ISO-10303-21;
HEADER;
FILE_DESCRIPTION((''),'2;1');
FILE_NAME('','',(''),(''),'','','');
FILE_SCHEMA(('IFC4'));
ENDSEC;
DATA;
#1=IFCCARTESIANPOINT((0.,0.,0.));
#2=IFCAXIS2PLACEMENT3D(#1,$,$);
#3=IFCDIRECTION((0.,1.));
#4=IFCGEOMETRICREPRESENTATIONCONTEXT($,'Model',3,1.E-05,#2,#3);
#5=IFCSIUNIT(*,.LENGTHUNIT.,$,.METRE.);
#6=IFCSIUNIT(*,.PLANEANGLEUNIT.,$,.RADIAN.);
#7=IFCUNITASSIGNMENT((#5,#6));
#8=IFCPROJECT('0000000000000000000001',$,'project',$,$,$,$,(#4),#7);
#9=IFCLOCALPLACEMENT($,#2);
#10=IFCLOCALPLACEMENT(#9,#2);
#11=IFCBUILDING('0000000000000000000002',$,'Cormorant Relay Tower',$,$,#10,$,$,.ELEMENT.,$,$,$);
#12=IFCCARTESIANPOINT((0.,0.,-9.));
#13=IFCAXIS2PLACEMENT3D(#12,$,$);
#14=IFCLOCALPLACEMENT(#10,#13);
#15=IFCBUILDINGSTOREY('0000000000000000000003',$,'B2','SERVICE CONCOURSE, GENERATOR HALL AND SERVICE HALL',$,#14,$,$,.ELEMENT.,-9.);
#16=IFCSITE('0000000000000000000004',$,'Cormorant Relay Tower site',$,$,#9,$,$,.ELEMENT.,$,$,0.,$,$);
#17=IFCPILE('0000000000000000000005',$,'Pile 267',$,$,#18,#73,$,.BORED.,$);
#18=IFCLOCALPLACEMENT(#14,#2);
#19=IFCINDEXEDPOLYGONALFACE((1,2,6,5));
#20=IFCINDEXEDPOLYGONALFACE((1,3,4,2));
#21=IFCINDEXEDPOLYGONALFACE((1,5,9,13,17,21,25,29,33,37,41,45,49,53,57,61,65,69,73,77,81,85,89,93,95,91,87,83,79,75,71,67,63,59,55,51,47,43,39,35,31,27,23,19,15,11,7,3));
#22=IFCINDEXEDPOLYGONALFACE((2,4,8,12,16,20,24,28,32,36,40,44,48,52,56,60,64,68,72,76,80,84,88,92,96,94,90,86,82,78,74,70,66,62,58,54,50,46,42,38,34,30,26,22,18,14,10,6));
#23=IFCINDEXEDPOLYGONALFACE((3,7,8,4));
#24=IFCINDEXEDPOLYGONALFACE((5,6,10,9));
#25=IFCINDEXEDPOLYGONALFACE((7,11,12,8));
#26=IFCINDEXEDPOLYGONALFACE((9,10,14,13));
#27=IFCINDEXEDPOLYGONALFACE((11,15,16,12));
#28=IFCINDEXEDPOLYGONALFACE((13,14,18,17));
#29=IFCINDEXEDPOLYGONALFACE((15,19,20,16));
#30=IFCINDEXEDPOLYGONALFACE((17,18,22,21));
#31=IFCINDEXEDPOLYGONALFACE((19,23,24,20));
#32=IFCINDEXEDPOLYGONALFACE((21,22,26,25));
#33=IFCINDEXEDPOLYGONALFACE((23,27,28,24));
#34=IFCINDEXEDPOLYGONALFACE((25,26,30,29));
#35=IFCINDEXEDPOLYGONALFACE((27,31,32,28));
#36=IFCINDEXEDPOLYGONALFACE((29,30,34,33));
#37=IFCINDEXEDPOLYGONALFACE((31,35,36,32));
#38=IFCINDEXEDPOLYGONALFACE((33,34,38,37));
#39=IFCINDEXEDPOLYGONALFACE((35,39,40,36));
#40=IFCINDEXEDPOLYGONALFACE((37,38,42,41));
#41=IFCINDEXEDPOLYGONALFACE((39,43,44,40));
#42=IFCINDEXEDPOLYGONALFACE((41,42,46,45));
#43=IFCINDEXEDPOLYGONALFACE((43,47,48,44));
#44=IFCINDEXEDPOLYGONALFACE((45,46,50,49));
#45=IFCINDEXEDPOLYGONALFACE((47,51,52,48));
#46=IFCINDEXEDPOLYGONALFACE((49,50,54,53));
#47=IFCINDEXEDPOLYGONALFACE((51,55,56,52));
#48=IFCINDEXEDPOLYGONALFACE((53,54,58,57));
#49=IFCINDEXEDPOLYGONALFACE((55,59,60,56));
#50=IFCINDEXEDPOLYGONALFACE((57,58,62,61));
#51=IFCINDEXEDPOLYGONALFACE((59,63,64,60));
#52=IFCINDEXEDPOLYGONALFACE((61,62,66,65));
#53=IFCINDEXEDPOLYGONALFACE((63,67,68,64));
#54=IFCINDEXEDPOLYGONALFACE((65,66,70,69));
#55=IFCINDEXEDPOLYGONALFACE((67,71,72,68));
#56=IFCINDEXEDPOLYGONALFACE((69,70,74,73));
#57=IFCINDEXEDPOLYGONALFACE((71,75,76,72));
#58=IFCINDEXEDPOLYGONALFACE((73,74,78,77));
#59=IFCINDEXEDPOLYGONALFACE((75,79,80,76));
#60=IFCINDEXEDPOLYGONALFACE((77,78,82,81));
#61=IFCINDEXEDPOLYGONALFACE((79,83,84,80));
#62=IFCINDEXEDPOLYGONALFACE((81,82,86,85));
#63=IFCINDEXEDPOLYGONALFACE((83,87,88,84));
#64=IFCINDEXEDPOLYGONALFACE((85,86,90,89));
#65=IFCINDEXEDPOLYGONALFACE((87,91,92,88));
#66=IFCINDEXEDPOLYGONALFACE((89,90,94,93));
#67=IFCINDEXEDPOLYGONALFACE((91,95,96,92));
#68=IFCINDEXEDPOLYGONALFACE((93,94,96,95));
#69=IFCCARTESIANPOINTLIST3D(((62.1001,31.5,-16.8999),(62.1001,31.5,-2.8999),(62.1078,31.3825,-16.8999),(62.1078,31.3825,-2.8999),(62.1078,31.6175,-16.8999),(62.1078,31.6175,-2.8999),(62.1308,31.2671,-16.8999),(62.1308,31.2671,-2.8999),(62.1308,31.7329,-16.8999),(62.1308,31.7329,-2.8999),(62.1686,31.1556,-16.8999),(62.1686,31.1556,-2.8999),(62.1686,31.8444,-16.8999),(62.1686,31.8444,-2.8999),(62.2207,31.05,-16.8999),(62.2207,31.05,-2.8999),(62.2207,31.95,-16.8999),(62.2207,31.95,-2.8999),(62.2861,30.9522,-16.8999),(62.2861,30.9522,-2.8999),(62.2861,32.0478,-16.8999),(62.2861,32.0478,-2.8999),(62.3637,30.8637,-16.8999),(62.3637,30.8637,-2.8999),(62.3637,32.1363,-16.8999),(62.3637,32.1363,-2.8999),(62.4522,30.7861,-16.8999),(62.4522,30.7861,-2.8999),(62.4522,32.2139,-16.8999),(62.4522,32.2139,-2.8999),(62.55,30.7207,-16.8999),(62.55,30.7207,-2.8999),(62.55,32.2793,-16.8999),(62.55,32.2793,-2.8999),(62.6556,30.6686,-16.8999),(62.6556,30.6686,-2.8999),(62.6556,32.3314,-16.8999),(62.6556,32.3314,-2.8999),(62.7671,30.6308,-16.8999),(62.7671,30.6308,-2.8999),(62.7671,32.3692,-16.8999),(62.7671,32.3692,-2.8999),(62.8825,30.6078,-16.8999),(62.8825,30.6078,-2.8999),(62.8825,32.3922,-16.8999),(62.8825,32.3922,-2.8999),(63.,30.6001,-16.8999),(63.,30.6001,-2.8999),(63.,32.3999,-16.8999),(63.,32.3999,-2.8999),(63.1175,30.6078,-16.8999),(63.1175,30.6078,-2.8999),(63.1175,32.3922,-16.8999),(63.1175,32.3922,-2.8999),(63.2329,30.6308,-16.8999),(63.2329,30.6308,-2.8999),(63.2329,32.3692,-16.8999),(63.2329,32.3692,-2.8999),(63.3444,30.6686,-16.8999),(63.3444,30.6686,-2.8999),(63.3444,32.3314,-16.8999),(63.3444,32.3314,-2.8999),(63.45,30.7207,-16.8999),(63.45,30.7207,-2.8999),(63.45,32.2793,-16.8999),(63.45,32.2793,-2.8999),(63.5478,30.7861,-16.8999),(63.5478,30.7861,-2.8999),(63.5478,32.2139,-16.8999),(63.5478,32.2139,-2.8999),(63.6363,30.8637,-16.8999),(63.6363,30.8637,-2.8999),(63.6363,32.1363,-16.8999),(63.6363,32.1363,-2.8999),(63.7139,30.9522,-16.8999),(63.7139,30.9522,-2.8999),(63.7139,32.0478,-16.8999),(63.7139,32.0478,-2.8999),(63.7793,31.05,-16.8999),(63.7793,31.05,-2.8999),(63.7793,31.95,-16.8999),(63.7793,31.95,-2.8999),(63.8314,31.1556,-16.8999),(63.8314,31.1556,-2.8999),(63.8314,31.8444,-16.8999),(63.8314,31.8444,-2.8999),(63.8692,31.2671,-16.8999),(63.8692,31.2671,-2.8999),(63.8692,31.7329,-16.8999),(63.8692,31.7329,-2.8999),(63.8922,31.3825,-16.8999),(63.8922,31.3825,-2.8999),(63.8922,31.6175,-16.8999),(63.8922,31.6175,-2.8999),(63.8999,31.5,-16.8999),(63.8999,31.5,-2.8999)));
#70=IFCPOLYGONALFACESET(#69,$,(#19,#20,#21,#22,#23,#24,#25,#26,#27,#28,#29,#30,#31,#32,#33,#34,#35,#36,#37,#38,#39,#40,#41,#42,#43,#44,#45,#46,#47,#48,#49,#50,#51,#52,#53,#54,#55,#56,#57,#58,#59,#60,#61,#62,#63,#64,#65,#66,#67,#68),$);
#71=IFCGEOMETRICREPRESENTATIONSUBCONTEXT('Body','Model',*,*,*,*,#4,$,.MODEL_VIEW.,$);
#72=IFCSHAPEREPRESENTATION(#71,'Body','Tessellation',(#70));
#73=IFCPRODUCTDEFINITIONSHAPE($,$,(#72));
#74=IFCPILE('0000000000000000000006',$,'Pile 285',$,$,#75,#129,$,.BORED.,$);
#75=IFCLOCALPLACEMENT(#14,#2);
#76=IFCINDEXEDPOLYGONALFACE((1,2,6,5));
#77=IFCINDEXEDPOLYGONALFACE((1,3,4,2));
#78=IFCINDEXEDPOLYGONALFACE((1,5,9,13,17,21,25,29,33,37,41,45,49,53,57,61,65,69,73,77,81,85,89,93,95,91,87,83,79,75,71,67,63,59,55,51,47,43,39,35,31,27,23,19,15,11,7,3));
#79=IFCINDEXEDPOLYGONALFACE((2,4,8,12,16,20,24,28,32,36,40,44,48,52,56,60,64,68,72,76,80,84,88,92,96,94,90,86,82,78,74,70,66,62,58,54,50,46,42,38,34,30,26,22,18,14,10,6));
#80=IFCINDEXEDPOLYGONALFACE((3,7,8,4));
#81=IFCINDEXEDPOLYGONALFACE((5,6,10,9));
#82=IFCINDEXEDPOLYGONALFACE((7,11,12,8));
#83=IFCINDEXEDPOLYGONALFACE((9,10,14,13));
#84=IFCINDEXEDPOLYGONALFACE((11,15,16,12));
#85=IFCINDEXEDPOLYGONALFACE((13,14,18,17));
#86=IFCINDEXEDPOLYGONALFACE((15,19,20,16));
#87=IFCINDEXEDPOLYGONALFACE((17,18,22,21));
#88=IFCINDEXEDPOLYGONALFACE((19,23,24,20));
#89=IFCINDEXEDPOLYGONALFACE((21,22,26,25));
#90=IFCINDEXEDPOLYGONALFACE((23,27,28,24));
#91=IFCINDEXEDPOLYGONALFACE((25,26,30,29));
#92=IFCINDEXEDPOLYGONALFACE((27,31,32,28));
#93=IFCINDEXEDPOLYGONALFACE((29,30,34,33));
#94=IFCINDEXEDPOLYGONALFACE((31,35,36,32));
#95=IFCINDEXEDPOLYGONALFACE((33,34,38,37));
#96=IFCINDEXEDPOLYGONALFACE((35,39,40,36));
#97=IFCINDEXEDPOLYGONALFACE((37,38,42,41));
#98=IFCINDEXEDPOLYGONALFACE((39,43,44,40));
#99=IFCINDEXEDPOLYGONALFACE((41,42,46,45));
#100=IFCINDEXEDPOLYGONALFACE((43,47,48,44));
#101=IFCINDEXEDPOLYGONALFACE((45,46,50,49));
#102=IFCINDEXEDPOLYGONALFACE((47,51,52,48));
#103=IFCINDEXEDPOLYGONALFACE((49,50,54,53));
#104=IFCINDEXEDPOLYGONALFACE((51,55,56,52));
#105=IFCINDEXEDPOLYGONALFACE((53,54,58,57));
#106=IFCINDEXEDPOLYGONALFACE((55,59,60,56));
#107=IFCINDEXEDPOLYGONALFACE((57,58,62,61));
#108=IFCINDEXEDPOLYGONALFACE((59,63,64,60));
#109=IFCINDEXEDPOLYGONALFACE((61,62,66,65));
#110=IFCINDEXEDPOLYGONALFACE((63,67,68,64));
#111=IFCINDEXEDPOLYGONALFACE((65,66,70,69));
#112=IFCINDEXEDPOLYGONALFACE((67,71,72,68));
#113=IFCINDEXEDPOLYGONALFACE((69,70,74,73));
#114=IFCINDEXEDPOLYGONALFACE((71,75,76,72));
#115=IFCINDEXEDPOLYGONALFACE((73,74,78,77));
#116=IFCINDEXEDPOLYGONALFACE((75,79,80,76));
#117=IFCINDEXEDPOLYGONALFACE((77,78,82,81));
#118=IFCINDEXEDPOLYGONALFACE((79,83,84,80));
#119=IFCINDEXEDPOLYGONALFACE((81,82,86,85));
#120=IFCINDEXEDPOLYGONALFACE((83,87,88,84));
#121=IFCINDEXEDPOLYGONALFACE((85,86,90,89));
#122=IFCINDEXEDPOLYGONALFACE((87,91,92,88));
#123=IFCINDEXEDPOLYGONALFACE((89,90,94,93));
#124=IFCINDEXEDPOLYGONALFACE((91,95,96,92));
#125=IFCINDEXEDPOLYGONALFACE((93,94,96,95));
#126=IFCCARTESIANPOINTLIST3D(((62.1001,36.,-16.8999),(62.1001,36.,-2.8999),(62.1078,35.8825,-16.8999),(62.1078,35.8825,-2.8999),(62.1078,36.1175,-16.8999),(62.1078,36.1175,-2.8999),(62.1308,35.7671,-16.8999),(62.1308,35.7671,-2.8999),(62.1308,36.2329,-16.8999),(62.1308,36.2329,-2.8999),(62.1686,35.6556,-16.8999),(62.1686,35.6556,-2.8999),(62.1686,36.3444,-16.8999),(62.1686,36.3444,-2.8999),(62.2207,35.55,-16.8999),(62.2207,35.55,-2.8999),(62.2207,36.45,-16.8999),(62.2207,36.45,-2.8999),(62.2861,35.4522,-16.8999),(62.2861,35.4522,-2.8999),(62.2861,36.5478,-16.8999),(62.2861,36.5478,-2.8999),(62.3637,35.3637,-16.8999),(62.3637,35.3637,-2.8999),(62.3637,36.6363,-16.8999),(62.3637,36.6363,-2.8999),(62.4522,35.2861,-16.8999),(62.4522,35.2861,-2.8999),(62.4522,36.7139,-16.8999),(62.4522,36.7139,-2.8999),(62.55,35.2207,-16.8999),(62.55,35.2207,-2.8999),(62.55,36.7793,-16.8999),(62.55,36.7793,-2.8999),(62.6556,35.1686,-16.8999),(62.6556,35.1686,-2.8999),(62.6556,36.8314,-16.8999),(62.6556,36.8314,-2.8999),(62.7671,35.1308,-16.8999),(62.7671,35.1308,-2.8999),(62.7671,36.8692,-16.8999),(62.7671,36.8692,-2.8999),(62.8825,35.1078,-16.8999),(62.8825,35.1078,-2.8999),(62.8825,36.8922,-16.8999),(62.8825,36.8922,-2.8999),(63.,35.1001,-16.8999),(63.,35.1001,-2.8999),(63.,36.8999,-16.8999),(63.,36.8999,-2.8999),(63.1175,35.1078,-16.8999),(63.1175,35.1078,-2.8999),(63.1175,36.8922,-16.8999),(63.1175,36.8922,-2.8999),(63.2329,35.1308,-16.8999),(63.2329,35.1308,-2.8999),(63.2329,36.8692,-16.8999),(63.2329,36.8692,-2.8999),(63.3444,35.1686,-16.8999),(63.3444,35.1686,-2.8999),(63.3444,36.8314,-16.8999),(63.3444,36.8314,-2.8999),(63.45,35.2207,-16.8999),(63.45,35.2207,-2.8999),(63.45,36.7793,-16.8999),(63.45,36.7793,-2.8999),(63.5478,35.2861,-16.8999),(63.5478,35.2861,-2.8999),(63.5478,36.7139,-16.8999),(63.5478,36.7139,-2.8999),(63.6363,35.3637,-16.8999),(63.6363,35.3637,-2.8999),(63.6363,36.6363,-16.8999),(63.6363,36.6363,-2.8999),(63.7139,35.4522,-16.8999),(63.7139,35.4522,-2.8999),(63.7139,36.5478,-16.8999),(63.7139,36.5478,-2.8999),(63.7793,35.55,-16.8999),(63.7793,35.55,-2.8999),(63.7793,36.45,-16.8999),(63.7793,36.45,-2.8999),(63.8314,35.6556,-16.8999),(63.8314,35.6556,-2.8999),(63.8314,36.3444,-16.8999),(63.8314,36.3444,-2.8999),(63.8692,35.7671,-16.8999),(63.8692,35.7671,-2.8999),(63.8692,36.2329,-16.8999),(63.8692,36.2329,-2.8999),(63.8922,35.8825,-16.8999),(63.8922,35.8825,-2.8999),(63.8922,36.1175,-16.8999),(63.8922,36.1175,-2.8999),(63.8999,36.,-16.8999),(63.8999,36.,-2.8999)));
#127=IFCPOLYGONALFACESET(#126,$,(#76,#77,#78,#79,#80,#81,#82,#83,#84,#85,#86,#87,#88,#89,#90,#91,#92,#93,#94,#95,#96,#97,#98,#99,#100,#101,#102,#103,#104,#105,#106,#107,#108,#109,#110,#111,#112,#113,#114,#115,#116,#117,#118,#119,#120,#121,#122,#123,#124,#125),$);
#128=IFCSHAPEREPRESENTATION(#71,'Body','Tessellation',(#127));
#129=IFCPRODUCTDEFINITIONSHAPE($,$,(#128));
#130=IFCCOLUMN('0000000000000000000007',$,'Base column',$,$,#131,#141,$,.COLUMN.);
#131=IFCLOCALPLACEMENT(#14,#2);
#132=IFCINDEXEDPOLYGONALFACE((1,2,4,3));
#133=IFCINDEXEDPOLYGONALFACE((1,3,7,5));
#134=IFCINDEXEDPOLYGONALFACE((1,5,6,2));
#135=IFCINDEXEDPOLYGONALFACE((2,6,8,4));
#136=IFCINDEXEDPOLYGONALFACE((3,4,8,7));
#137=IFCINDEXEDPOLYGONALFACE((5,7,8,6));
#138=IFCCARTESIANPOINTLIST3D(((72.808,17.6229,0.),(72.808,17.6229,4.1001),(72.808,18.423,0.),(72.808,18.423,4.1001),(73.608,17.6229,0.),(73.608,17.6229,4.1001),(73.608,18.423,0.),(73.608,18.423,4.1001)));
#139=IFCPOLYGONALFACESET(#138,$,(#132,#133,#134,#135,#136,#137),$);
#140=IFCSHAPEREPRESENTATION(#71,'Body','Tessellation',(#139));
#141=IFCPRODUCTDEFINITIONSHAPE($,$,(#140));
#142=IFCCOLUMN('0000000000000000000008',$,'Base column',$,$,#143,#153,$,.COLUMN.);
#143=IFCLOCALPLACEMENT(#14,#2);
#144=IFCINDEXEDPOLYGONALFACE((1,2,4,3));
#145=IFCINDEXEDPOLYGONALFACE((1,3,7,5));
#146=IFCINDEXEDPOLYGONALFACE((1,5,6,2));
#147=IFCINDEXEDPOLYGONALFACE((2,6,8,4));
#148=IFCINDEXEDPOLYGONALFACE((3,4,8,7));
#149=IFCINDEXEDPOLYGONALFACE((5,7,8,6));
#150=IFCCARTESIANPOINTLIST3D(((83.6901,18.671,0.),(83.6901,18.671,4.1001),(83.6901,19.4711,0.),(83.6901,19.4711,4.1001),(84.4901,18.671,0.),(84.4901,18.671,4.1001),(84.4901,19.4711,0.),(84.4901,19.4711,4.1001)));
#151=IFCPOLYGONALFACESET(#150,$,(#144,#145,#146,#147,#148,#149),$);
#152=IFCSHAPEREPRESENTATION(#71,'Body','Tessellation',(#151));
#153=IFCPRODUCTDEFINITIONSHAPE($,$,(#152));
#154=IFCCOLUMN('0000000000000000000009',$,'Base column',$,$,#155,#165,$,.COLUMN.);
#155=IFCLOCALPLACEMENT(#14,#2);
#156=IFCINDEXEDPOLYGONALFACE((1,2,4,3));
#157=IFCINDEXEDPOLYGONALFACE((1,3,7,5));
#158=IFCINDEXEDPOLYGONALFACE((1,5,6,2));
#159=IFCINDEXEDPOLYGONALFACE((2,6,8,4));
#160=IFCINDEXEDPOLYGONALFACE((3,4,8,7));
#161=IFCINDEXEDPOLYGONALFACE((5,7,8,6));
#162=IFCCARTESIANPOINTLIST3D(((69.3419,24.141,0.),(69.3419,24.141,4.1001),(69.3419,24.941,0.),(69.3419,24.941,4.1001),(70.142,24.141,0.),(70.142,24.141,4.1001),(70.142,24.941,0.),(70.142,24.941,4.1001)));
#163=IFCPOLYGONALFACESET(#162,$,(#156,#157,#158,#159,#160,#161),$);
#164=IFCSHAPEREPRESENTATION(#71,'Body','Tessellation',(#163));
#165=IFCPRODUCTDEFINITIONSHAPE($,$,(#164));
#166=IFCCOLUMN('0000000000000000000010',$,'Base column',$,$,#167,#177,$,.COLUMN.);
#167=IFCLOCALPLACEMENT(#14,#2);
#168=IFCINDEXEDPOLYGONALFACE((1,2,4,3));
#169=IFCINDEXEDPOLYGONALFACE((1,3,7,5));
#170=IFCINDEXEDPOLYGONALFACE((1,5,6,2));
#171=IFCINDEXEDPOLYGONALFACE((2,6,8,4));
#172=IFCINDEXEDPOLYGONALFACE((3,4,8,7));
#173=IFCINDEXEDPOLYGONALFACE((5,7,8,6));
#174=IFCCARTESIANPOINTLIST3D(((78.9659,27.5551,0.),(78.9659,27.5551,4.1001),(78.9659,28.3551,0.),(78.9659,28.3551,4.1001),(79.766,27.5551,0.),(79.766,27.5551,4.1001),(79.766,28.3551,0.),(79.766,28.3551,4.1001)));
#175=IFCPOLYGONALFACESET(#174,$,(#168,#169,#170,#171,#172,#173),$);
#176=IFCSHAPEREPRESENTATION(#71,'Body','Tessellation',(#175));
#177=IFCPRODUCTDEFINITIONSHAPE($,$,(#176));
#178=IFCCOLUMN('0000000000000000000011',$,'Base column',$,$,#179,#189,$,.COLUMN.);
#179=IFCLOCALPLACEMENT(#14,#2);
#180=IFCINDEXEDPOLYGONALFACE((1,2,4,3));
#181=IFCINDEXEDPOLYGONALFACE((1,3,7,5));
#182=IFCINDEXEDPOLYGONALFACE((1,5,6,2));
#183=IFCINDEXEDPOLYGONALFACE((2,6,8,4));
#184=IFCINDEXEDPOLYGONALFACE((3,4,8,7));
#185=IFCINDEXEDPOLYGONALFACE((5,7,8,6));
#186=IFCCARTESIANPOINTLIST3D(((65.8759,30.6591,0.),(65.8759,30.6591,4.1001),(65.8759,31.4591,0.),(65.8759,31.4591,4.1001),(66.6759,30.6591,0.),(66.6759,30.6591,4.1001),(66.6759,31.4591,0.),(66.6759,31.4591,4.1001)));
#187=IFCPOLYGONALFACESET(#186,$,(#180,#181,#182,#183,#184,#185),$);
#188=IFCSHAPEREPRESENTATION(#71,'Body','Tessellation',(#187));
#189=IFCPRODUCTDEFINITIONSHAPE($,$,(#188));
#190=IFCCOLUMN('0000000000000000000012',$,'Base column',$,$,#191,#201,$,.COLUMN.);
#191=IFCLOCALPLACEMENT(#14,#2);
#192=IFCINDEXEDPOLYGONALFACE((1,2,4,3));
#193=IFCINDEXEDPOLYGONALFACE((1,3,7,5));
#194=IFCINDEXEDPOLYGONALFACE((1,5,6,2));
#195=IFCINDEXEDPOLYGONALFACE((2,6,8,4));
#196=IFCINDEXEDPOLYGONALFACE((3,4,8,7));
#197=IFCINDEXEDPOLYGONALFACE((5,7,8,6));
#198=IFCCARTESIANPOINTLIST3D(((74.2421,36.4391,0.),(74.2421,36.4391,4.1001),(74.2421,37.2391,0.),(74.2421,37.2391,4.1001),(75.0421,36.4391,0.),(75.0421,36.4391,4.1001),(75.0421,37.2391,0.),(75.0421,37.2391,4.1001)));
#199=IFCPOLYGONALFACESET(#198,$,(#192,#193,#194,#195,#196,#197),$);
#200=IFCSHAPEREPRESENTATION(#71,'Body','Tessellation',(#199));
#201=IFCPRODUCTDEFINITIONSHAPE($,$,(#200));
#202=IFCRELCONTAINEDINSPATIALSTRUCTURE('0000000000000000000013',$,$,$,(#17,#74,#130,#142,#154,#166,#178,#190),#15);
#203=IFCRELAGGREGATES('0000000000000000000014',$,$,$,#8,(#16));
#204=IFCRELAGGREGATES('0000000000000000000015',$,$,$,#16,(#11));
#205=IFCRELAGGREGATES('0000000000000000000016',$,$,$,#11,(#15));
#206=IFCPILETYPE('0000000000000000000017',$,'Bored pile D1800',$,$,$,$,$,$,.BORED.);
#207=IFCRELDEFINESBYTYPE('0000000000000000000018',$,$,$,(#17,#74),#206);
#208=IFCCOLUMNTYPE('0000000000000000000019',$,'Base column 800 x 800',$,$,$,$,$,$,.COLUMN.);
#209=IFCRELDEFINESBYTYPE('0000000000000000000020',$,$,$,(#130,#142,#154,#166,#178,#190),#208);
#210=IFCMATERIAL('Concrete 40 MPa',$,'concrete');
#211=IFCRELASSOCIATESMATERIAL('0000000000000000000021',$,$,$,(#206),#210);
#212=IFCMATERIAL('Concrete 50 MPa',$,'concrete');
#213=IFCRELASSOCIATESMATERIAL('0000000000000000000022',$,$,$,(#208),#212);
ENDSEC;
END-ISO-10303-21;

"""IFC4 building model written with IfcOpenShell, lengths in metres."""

from ifc_helpers import new_model, si_unit, direction, frame, origin, origin_2d, place, context, subcontext, project, spatial, rectangle, circle, extrude, material, material_profile, profile_set, type_object, element, save


model = new_model("IFC4")

# Units and contexts
model_context = context("Model", 3, precision=1e-05, world=origin(), true_north=direction((0.0, 1.0)))
body_context = subcontext(model_context, "Body", "Model", "MODEL_VIEW")
ifc_project = project(units=[si_unit("LENGTHUNIT", "METRE"), si_unit("PLANEANGLEUNIT", "RADIAN")], contexts=[model_context])

# Site, building, storey
site_placement = place(None, origin())
site = spatial("IfcSite", under=ifc_project, at=site_placement, Name="Cormorant Relay Tower site", CompositionType="ELEMENT", RefElevation=0.0)
building_placement = place(site_placement, origin())
building = spatial("IfcBuilding", under=site, at=building_placement, Name="Cormorant Relay Tower", CompositionType="ELEMENT")
storey_placement = place(building_placement, frame((0.0, 0.0, -9.0)))
storey = spatial("IfcBuildingStorey", under=building, at=storey_placement, Name="B2", Description="SERVICE CONCOURSE, GENERATOR HALL AND SERVICE HALL", CompositionType="ELEMENT", Elevation=-9.0)

# Piles
ifc_material_1 = material(Name="Concrete 40 MPa", Category="concrete")
ifc_material_profile_1 = material_profile(ifc_material_1, circle(Radius=0.8999, at=origin_2d()), Name="BP1800")
ifc_profile_set_1 = profile_set([ifc_material_profile_1], Name="Concrete 40 MPa")
pile_type = type_object("IfcPileType", Name="Bored pile D1800", PredefinedType="BORED", material=ifc_profile_set_1)
for number, where, z_axis, x_axis, name in (
    (1, (63.0, 31.5, -2.8999), (0.0, 0.0, -1.0), (1.0, 0.0, 0.0), "Pile 267"),
    (2, (63.0, 36.0, -2.8999), (0.0, 0.0, -1.0), (1.0, 0.0, 0.0), "Pile 285"),
):
    element("IfcPile", number, at=place(storey_placement, frame(where, z_axis=z_axis, x_axis=x_axis)), inside=storey, type_object=pile_type, Name=name, PredefinedType="BORED", context=body_context, shape_type="SweptSolid", body=[
        extrude(circle(Radius=0.8999, at=origin_2d()), origin(), (0.0, 0.0, 1.0), 14.0),
    ])

# Columns
ifc_material_2 = material(Name="Concrete 50 MPa", Category="concrete")
ifc_material_profile_2 = material_profile(ifc_material_2, rectangle(XDim=0.8, YDim=0.8, at=origin_2d()), Name="RC 800x800")
ifc_profile_set_2 = profile_set([ifc_material_profile_2], Name="Concrete 50 MPa")
column_type_1 = type_object("IfcColumnType", Name="Base column 800 x 800", PredefinedType="COLUMN", material=ifc_profile_set_2)
for number, where, z_axis, x_axis, name in (
    (3, (73.208, 18.0229, 0.0), (0.0, 0.0, 1.0), (1.0, 0.0, 0.0), "Base column"),
    (4, (84.0901, 19.071, 0.0), (0.0, 0.0, 1.0), (1.0, 0.0, 0.0), "Base column"),
    (5, (69.7419, 24.541, 0.0), (0.0, 0.0, 1.0), (1.0, 0.0, 0.0), "Base column"),
    (6, (79.366, 27.9551, 0.0), (0.0, 0.0, 1.0), (1.0, 0.0, 0.0), "Base column"),
    (7, (66.2759, 31.0591, 0.0), (0.0, 0.0, 1.0), (1.0, 0.0, 0.0), "Base column"),
    (8, (74.6421, 36.8391, 0.0), (0.0, 0.0, 1.0), (1.0, 0.0, 0.0), "Base column"),
):
    element("IfcColumn", number, at=place(storey_placement, frame(where, z_axis=z_axis, x_axis=x_axis)), inside=storey, type_object=column_type_1, Name=name, PredefinedType="COLUMN", context=body_context, shape_type="SweptSolid", body=[
        extrude(rectangle(XDim=0.8, YDim=0.8, at=origin_2d()), origin(), (0.0, 0.0, 1.0), 4.1001),
    ])

save(model, "model.ifc")
